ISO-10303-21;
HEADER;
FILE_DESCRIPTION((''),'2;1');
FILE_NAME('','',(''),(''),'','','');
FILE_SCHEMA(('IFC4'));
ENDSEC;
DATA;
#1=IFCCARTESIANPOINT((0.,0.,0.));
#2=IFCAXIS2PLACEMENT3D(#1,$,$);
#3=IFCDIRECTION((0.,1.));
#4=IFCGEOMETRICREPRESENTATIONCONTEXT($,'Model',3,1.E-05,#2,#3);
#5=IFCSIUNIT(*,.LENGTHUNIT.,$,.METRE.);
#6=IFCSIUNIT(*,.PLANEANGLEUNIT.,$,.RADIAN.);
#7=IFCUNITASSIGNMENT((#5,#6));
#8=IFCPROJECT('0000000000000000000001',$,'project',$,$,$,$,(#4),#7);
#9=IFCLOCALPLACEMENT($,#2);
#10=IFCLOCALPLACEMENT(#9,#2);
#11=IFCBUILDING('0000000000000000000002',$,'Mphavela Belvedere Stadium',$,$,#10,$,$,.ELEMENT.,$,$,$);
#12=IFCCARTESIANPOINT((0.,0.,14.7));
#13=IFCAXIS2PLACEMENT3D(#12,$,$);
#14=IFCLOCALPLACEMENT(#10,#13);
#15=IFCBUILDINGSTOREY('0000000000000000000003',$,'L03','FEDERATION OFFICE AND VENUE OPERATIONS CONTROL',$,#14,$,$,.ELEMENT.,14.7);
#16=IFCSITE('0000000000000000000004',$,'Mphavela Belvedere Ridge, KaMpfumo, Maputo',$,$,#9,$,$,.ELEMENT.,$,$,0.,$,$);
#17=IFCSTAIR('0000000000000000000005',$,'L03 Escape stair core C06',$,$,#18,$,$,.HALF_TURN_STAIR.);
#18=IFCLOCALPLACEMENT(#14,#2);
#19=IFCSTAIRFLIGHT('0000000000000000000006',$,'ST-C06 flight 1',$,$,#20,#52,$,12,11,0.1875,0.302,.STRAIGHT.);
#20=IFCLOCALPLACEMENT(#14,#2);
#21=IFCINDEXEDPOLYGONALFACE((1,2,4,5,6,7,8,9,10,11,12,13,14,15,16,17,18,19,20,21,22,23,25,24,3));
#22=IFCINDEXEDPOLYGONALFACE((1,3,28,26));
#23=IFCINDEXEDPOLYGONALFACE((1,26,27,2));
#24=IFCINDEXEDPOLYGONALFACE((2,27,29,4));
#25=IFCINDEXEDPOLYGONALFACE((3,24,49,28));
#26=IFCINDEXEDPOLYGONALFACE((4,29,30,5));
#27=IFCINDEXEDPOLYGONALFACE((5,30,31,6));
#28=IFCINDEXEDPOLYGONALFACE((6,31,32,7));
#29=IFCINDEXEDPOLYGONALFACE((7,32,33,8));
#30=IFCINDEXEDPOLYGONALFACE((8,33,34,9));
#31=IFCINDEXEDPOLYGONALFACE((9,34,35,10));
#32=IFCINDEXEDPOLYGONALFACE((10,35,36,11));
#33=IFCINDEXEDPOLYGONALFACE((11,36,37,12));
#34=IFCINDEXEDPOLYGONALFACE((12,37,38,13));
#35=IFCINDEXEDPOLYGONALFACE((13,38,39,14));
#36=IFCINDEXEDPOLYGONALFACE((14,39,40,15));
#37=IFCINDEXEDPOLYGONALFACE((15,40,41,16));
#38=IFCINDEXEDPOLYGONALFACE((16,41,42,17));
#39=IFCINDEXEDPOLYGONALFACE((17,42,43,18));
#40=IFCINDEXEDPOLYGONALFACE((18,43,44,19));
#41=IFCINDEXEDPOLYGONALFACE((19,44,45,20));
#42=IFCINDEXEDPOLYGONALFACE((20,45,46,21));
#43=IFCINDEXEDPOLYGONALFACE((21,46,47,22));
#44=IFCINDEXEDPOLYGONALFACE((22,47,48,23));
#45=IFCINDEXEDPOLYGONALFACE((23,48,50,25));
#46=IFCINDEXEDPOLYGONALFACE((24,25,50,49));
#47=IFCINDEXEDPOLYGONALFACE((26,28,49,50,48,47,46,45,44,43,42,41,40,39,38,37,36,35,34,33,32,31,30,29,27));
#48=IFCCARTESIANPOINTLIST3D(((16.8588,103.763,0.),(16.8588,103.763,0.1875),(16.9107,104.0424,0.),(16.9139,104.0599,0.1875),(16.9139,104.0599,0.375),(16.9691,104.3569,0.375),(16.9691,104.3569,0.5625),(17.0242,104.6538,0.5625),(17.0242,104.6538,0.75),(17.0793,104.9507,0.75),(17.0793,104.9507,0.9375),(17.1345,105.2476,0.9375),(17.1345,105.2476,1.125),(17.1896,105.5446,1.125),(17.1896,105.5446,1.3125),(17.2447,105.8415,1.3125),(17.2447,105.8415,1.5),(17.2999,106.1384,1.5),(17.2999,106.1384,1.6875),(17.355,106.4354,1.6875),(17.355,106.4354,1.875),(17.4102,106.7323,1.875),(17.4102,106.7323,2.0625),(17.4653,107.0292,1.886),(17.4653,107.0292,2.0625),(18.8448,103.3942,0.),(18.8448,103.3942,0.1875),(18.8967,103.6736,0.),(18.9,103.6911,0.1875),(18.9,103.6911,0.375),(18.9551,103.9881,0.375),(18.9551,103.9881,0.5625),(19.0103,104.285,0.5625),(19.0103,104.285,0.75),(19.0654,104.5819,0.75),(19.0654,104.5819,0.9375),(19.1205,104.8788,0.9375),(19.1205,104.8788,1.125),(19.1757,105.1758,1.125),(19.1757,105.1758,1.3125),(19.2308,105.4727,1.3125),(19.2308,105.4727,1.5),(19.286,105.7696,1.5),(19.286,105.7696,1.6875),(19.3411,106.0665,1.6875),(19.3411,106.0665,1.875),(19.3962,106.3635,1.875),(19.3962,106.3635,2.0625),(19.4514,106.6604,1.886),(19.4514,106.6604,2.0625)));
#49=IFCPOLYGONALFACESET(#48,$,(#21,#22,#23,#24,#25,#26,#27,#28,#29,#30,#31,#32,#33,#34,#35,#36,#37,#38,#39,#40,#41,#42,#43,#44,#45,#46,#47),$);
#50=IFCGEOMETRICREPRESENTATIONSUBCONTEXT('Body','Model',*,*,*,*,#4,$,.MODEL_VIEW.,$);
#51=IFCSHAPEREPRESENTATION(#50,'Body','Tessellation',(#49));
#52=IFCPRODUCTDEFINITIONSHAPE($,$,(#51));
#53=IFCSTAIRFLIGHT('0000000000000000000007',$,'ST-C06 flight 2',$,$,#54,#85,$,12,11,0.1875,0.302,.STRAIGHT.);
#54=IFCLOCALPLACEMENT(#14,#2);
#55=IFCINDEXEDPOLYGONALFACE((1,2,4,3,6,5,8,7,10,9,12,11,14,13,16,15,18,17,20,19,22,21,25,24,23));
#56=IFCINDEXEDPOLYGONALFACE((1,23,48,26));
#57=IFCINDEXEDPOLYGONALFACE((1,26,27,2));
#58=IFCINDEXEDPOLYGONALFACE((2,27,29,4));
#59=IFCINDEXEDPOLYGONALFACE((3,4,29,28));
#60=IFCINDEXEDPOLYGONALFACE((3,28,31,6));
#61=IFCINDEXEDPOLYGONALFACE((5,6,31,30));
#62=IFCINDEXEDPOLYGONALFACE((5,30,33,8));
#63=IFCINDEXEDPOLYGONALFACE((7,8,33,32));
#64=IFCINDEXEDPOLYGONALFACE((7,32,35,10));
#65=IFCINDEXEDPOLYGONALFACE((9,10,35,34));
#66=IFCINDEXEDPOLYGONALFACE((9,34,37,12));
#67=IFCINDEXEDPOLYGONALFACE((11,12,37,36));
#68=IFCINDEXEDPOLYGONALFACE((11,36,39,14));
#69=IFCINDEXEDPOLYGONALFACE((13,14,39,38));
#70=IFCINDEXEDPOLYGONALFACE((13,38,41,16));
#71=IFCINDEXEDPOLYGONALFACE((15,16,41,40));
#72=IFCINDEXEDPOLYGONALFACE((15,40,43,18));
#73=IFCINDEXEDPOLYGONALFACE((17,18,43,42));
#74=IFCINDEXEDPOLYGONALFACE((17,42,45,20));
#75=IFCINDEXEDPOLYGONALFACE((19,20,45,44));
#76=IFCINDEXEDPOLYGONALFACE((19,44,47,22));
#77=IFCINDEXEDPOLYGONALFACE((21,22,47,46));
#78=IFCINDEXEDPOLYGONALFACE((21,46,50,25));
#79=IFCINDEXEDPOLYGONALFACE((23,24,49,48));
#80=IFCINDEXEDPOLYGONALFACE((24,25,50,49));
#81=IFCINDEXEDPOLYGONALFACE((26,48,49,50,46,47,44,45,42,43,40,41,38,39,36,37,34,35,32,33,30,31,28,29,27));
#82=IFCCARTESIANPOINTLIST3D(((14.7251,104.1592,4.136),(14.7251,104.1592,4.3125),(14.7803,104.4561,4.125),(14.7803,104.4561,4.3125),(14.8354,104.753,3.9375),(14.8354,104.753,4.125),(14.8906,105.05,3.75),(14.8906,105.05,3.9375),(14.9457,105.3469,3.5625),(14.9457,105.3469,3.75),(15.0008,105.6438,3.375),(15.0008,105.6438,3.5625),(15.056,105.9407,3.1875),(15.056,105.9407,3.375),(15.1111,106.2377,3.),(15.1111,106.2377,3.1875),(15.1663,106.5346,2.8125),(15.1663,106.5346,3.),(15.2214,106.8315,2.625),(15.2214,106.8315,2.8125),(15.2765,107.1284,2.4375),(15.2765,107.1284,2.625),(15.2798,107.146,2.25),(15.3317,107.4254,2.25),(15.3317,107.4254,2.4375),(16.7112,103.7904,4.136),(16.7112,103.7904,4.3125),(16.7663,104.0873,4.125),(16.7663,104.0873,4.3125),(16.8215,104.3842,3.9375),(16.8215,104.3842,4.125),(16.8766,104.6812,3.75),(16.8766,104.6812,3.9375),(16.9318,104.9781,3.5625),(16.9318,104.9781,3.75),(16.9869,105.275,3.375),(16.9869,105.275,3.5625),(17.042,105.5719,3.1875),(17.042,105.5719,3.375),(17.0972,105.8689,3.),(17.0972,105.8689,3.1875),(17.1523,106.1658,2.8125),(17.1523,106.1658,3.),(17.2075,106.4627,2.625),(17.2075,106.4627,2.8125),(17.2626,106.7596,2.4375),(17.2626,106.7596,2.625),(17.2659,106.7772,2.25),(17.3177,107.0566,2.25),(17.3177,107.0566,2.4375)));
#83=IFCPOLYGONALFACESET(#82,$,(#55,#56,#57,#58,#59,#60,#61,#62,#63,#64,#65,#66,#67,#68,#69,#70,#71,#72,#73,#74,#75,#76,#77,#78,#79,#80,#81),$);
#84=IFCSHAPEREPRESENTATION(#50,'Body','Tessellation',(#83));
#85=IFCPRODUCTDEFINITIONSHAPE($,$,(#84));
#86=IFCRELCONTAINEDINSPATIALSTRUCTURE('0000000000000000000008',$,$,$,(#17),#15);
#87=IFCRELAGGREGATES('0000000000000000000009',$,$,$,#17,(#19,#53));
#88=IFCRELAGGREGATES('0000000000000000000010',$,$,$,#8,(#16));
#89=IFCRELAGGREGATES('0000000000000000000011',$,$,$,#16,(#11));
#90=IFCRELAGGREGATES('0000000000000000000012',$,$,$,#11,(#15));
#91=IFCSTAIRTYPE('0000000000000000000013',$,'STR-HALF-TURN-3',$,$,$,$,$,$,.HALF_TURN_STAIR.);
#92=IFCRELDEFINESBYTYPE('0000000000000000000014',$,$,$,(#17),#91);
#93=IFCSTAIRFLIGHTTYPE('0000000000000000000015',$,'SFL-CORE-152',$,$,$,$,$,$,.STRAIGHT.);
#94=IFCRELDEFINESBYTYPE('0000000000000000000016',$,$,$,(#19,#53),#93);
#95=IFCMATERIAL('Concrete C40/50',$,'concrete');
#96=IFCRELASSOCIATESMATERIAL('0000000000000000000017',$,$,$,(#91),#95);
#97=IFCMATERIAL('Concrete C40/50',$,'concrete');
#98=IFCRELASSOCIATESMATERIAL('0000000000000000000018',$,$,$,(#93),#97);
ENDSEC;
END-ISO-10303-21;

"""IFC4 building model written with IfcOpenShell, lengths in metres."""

from ifc_helpers import new_model, si_unit, direction, frame, origin, place, context, subcontext, project, spatial, polyline, outline, extrude, material, type_object, element, aggregate, save


model = new_model("IFC4")

# Units and contexts
model_context = context("Model", 3, precision=1e-05, world=origin(), true_north=direction((0.0, 1.0)))
body_context = subcontext(model_context, "Body", "Model", "MODEL_VIEW")
ifc_project = project(units=[si_unit("LENGTHUNIT", "METRE"), si_unit("PLANEANGLEUNIT", "RADIAN")], contexts=[model_context])

# Site, building, storey
site_placement = place(None, origin())
site = spatial("IfcSite", under=ifc_project, at=site_placement, Name="Mphavela Belvedere Ridge, KaMpfumo, Maputo", CompositionType="ELEMENT", RefElevation=0.0)
building_placement = place(site_placement, origin())
building = spatial("IfcBuilding", under=site, at=building_placement, Name="Mphavela Belvedere Stadium", CompositionType="ELEMENT")
storey_placement = place(building_placement, frame((0.0, 0.0, 14.7)))
storey = spatial("IfcBuildingStorey", under=building, at=storey_placement, Name="L03", Description="FEDERATION OFFICE AND VENUE OPERATIONS CONTROL", CompositionType="ELEMENT", Elevation=14.7)

# Stair, stair flights
ifc_material_1 = material(Name="Concrete C40/50", Category="concrete")
stair_type = type_object("IfcStairType", Name="STR-HALF-TURN-3", PredefinedType="HALF_TURN_STAIR", material=ifc_material_1)
stair_placement = place(storey_placement, origin())
stair = element("IfcStair", 1, at=stair_placement, inside=storey, type_object=stair_type, Name="L03 Escape stair core C06", PredefinedType="HALF_TURN_STAIR")
ifc_material_2 = material(Name="Concrete C40/50", Category="concrete")
stair_flight_type = type_object("IfcStairFlightType", Name="SFL-CORE-152", PredefinedType="STRAIGHT", material=ifc_material_2)
stair_flight_1_placement = place(storey_placement, frame((17.8518, 103.5786, 0.0), z_axis=(0.0, 0.0, 1.0), x_axis=(0.182579, 0.983191, 0.0)))
stair_flight_1 = element("IfcStairFlight", 2, at=stair_flight_1_placement, type_object=stair_flight_type, Name="ST-C06 flight 1", NumberOfRisers=12, NumberOfTreads=11, PredefinedType="STRAIGHT", RiserHeight=0.1875, TreadLength=0.302, context=body_context, shape_type="SweptSolid", body=[
    extrude(outline(polyline([(0.0, 0.0), (0.0, 0.1875), (0.302, 0.1875), (0.302, 0.375), (0.604, 0.375), (0.604, 0.5625), (0.906, 0.5625), (0.906, 0.75), (1.208, 0.75), (1.208, 0.9375), (1.51, 0.9375), (1.51, 1.125), (1.812, 1.125), (1.812, 1.3125), (2.114, 1.3125), (2.114, 1.5), (2.416, 1.5), (2.416, 1.6875), (2.718, 1.6875), (2.718, 1.875), (3.02, 1.875), (3.02, 2.0625), (3.322, 2.0625), (3.322, 2.25), (3.322, 1.886), (0.2842, 0.0), (0.0, 0.0)])), frame((0.0, 1.01, 0.0), z_axis=(0.0, -1.0, 0.0), x_axis=(1.0, 0.0, 0.0)), (0.0, 0.0, 1.0), 2.02),
])
stair_flight_2_placement = place(storey_placement, frame((16.3247, 107.241, 2.25), z_axis=(0.0, 0.0, 1.0), x_axis=(-0.182579, -0.983191, 0.0)))
stair_flight_2 = element("IfcStairFlight", 3, at=stair_flight_2_placement, type_object=stair_flight_type, Name="ST-C06 flight 2", NumberOfRisers=12, NumberOfTreads=11, PredefinedType="STRAIGHT", RiserHeight=0.1875, TreadLength=0.302, context=body_context, shape_type="SweptSolid", body=[
    extrude(outline(polyline([(0.0, 0.0), (0.0, 0.1875), (0.302, 0.1875), (0.302, 0.375), (0.604, 0.375), (0.604, 0.5625), (0.906, 0.5625), (0.906, 0.75), (1.208, 0.75), (1.208, 0.9375), (1.51, 0.9375), (1.51, 1.125), (1.812, 1.125), (1.812, 1.3125), (2.114, 1.3125), (2.114, 1.5), (2.416, 1.5), (2.416, 1.6875), (2.718, 1.6875), (2.718, 1.875), (3.02, 1.875), (3.02, 2.0625), (3.322, 2.0625), (3.322, 2.25), (3.322, 1.886), (0.2842, 0.0), (0.0, 0.0)])), frame((0.0, 1.01, 0.0), z_axis=(0.0, -1.0, 0.0), x_axis=(1.0, 0.0, 0.0)), (0.0, 0.0, 1.0), 2.02),
])
aggregate(stair, [stair_flight_1, stair_flight_2])

save(model, "model.ifc")
